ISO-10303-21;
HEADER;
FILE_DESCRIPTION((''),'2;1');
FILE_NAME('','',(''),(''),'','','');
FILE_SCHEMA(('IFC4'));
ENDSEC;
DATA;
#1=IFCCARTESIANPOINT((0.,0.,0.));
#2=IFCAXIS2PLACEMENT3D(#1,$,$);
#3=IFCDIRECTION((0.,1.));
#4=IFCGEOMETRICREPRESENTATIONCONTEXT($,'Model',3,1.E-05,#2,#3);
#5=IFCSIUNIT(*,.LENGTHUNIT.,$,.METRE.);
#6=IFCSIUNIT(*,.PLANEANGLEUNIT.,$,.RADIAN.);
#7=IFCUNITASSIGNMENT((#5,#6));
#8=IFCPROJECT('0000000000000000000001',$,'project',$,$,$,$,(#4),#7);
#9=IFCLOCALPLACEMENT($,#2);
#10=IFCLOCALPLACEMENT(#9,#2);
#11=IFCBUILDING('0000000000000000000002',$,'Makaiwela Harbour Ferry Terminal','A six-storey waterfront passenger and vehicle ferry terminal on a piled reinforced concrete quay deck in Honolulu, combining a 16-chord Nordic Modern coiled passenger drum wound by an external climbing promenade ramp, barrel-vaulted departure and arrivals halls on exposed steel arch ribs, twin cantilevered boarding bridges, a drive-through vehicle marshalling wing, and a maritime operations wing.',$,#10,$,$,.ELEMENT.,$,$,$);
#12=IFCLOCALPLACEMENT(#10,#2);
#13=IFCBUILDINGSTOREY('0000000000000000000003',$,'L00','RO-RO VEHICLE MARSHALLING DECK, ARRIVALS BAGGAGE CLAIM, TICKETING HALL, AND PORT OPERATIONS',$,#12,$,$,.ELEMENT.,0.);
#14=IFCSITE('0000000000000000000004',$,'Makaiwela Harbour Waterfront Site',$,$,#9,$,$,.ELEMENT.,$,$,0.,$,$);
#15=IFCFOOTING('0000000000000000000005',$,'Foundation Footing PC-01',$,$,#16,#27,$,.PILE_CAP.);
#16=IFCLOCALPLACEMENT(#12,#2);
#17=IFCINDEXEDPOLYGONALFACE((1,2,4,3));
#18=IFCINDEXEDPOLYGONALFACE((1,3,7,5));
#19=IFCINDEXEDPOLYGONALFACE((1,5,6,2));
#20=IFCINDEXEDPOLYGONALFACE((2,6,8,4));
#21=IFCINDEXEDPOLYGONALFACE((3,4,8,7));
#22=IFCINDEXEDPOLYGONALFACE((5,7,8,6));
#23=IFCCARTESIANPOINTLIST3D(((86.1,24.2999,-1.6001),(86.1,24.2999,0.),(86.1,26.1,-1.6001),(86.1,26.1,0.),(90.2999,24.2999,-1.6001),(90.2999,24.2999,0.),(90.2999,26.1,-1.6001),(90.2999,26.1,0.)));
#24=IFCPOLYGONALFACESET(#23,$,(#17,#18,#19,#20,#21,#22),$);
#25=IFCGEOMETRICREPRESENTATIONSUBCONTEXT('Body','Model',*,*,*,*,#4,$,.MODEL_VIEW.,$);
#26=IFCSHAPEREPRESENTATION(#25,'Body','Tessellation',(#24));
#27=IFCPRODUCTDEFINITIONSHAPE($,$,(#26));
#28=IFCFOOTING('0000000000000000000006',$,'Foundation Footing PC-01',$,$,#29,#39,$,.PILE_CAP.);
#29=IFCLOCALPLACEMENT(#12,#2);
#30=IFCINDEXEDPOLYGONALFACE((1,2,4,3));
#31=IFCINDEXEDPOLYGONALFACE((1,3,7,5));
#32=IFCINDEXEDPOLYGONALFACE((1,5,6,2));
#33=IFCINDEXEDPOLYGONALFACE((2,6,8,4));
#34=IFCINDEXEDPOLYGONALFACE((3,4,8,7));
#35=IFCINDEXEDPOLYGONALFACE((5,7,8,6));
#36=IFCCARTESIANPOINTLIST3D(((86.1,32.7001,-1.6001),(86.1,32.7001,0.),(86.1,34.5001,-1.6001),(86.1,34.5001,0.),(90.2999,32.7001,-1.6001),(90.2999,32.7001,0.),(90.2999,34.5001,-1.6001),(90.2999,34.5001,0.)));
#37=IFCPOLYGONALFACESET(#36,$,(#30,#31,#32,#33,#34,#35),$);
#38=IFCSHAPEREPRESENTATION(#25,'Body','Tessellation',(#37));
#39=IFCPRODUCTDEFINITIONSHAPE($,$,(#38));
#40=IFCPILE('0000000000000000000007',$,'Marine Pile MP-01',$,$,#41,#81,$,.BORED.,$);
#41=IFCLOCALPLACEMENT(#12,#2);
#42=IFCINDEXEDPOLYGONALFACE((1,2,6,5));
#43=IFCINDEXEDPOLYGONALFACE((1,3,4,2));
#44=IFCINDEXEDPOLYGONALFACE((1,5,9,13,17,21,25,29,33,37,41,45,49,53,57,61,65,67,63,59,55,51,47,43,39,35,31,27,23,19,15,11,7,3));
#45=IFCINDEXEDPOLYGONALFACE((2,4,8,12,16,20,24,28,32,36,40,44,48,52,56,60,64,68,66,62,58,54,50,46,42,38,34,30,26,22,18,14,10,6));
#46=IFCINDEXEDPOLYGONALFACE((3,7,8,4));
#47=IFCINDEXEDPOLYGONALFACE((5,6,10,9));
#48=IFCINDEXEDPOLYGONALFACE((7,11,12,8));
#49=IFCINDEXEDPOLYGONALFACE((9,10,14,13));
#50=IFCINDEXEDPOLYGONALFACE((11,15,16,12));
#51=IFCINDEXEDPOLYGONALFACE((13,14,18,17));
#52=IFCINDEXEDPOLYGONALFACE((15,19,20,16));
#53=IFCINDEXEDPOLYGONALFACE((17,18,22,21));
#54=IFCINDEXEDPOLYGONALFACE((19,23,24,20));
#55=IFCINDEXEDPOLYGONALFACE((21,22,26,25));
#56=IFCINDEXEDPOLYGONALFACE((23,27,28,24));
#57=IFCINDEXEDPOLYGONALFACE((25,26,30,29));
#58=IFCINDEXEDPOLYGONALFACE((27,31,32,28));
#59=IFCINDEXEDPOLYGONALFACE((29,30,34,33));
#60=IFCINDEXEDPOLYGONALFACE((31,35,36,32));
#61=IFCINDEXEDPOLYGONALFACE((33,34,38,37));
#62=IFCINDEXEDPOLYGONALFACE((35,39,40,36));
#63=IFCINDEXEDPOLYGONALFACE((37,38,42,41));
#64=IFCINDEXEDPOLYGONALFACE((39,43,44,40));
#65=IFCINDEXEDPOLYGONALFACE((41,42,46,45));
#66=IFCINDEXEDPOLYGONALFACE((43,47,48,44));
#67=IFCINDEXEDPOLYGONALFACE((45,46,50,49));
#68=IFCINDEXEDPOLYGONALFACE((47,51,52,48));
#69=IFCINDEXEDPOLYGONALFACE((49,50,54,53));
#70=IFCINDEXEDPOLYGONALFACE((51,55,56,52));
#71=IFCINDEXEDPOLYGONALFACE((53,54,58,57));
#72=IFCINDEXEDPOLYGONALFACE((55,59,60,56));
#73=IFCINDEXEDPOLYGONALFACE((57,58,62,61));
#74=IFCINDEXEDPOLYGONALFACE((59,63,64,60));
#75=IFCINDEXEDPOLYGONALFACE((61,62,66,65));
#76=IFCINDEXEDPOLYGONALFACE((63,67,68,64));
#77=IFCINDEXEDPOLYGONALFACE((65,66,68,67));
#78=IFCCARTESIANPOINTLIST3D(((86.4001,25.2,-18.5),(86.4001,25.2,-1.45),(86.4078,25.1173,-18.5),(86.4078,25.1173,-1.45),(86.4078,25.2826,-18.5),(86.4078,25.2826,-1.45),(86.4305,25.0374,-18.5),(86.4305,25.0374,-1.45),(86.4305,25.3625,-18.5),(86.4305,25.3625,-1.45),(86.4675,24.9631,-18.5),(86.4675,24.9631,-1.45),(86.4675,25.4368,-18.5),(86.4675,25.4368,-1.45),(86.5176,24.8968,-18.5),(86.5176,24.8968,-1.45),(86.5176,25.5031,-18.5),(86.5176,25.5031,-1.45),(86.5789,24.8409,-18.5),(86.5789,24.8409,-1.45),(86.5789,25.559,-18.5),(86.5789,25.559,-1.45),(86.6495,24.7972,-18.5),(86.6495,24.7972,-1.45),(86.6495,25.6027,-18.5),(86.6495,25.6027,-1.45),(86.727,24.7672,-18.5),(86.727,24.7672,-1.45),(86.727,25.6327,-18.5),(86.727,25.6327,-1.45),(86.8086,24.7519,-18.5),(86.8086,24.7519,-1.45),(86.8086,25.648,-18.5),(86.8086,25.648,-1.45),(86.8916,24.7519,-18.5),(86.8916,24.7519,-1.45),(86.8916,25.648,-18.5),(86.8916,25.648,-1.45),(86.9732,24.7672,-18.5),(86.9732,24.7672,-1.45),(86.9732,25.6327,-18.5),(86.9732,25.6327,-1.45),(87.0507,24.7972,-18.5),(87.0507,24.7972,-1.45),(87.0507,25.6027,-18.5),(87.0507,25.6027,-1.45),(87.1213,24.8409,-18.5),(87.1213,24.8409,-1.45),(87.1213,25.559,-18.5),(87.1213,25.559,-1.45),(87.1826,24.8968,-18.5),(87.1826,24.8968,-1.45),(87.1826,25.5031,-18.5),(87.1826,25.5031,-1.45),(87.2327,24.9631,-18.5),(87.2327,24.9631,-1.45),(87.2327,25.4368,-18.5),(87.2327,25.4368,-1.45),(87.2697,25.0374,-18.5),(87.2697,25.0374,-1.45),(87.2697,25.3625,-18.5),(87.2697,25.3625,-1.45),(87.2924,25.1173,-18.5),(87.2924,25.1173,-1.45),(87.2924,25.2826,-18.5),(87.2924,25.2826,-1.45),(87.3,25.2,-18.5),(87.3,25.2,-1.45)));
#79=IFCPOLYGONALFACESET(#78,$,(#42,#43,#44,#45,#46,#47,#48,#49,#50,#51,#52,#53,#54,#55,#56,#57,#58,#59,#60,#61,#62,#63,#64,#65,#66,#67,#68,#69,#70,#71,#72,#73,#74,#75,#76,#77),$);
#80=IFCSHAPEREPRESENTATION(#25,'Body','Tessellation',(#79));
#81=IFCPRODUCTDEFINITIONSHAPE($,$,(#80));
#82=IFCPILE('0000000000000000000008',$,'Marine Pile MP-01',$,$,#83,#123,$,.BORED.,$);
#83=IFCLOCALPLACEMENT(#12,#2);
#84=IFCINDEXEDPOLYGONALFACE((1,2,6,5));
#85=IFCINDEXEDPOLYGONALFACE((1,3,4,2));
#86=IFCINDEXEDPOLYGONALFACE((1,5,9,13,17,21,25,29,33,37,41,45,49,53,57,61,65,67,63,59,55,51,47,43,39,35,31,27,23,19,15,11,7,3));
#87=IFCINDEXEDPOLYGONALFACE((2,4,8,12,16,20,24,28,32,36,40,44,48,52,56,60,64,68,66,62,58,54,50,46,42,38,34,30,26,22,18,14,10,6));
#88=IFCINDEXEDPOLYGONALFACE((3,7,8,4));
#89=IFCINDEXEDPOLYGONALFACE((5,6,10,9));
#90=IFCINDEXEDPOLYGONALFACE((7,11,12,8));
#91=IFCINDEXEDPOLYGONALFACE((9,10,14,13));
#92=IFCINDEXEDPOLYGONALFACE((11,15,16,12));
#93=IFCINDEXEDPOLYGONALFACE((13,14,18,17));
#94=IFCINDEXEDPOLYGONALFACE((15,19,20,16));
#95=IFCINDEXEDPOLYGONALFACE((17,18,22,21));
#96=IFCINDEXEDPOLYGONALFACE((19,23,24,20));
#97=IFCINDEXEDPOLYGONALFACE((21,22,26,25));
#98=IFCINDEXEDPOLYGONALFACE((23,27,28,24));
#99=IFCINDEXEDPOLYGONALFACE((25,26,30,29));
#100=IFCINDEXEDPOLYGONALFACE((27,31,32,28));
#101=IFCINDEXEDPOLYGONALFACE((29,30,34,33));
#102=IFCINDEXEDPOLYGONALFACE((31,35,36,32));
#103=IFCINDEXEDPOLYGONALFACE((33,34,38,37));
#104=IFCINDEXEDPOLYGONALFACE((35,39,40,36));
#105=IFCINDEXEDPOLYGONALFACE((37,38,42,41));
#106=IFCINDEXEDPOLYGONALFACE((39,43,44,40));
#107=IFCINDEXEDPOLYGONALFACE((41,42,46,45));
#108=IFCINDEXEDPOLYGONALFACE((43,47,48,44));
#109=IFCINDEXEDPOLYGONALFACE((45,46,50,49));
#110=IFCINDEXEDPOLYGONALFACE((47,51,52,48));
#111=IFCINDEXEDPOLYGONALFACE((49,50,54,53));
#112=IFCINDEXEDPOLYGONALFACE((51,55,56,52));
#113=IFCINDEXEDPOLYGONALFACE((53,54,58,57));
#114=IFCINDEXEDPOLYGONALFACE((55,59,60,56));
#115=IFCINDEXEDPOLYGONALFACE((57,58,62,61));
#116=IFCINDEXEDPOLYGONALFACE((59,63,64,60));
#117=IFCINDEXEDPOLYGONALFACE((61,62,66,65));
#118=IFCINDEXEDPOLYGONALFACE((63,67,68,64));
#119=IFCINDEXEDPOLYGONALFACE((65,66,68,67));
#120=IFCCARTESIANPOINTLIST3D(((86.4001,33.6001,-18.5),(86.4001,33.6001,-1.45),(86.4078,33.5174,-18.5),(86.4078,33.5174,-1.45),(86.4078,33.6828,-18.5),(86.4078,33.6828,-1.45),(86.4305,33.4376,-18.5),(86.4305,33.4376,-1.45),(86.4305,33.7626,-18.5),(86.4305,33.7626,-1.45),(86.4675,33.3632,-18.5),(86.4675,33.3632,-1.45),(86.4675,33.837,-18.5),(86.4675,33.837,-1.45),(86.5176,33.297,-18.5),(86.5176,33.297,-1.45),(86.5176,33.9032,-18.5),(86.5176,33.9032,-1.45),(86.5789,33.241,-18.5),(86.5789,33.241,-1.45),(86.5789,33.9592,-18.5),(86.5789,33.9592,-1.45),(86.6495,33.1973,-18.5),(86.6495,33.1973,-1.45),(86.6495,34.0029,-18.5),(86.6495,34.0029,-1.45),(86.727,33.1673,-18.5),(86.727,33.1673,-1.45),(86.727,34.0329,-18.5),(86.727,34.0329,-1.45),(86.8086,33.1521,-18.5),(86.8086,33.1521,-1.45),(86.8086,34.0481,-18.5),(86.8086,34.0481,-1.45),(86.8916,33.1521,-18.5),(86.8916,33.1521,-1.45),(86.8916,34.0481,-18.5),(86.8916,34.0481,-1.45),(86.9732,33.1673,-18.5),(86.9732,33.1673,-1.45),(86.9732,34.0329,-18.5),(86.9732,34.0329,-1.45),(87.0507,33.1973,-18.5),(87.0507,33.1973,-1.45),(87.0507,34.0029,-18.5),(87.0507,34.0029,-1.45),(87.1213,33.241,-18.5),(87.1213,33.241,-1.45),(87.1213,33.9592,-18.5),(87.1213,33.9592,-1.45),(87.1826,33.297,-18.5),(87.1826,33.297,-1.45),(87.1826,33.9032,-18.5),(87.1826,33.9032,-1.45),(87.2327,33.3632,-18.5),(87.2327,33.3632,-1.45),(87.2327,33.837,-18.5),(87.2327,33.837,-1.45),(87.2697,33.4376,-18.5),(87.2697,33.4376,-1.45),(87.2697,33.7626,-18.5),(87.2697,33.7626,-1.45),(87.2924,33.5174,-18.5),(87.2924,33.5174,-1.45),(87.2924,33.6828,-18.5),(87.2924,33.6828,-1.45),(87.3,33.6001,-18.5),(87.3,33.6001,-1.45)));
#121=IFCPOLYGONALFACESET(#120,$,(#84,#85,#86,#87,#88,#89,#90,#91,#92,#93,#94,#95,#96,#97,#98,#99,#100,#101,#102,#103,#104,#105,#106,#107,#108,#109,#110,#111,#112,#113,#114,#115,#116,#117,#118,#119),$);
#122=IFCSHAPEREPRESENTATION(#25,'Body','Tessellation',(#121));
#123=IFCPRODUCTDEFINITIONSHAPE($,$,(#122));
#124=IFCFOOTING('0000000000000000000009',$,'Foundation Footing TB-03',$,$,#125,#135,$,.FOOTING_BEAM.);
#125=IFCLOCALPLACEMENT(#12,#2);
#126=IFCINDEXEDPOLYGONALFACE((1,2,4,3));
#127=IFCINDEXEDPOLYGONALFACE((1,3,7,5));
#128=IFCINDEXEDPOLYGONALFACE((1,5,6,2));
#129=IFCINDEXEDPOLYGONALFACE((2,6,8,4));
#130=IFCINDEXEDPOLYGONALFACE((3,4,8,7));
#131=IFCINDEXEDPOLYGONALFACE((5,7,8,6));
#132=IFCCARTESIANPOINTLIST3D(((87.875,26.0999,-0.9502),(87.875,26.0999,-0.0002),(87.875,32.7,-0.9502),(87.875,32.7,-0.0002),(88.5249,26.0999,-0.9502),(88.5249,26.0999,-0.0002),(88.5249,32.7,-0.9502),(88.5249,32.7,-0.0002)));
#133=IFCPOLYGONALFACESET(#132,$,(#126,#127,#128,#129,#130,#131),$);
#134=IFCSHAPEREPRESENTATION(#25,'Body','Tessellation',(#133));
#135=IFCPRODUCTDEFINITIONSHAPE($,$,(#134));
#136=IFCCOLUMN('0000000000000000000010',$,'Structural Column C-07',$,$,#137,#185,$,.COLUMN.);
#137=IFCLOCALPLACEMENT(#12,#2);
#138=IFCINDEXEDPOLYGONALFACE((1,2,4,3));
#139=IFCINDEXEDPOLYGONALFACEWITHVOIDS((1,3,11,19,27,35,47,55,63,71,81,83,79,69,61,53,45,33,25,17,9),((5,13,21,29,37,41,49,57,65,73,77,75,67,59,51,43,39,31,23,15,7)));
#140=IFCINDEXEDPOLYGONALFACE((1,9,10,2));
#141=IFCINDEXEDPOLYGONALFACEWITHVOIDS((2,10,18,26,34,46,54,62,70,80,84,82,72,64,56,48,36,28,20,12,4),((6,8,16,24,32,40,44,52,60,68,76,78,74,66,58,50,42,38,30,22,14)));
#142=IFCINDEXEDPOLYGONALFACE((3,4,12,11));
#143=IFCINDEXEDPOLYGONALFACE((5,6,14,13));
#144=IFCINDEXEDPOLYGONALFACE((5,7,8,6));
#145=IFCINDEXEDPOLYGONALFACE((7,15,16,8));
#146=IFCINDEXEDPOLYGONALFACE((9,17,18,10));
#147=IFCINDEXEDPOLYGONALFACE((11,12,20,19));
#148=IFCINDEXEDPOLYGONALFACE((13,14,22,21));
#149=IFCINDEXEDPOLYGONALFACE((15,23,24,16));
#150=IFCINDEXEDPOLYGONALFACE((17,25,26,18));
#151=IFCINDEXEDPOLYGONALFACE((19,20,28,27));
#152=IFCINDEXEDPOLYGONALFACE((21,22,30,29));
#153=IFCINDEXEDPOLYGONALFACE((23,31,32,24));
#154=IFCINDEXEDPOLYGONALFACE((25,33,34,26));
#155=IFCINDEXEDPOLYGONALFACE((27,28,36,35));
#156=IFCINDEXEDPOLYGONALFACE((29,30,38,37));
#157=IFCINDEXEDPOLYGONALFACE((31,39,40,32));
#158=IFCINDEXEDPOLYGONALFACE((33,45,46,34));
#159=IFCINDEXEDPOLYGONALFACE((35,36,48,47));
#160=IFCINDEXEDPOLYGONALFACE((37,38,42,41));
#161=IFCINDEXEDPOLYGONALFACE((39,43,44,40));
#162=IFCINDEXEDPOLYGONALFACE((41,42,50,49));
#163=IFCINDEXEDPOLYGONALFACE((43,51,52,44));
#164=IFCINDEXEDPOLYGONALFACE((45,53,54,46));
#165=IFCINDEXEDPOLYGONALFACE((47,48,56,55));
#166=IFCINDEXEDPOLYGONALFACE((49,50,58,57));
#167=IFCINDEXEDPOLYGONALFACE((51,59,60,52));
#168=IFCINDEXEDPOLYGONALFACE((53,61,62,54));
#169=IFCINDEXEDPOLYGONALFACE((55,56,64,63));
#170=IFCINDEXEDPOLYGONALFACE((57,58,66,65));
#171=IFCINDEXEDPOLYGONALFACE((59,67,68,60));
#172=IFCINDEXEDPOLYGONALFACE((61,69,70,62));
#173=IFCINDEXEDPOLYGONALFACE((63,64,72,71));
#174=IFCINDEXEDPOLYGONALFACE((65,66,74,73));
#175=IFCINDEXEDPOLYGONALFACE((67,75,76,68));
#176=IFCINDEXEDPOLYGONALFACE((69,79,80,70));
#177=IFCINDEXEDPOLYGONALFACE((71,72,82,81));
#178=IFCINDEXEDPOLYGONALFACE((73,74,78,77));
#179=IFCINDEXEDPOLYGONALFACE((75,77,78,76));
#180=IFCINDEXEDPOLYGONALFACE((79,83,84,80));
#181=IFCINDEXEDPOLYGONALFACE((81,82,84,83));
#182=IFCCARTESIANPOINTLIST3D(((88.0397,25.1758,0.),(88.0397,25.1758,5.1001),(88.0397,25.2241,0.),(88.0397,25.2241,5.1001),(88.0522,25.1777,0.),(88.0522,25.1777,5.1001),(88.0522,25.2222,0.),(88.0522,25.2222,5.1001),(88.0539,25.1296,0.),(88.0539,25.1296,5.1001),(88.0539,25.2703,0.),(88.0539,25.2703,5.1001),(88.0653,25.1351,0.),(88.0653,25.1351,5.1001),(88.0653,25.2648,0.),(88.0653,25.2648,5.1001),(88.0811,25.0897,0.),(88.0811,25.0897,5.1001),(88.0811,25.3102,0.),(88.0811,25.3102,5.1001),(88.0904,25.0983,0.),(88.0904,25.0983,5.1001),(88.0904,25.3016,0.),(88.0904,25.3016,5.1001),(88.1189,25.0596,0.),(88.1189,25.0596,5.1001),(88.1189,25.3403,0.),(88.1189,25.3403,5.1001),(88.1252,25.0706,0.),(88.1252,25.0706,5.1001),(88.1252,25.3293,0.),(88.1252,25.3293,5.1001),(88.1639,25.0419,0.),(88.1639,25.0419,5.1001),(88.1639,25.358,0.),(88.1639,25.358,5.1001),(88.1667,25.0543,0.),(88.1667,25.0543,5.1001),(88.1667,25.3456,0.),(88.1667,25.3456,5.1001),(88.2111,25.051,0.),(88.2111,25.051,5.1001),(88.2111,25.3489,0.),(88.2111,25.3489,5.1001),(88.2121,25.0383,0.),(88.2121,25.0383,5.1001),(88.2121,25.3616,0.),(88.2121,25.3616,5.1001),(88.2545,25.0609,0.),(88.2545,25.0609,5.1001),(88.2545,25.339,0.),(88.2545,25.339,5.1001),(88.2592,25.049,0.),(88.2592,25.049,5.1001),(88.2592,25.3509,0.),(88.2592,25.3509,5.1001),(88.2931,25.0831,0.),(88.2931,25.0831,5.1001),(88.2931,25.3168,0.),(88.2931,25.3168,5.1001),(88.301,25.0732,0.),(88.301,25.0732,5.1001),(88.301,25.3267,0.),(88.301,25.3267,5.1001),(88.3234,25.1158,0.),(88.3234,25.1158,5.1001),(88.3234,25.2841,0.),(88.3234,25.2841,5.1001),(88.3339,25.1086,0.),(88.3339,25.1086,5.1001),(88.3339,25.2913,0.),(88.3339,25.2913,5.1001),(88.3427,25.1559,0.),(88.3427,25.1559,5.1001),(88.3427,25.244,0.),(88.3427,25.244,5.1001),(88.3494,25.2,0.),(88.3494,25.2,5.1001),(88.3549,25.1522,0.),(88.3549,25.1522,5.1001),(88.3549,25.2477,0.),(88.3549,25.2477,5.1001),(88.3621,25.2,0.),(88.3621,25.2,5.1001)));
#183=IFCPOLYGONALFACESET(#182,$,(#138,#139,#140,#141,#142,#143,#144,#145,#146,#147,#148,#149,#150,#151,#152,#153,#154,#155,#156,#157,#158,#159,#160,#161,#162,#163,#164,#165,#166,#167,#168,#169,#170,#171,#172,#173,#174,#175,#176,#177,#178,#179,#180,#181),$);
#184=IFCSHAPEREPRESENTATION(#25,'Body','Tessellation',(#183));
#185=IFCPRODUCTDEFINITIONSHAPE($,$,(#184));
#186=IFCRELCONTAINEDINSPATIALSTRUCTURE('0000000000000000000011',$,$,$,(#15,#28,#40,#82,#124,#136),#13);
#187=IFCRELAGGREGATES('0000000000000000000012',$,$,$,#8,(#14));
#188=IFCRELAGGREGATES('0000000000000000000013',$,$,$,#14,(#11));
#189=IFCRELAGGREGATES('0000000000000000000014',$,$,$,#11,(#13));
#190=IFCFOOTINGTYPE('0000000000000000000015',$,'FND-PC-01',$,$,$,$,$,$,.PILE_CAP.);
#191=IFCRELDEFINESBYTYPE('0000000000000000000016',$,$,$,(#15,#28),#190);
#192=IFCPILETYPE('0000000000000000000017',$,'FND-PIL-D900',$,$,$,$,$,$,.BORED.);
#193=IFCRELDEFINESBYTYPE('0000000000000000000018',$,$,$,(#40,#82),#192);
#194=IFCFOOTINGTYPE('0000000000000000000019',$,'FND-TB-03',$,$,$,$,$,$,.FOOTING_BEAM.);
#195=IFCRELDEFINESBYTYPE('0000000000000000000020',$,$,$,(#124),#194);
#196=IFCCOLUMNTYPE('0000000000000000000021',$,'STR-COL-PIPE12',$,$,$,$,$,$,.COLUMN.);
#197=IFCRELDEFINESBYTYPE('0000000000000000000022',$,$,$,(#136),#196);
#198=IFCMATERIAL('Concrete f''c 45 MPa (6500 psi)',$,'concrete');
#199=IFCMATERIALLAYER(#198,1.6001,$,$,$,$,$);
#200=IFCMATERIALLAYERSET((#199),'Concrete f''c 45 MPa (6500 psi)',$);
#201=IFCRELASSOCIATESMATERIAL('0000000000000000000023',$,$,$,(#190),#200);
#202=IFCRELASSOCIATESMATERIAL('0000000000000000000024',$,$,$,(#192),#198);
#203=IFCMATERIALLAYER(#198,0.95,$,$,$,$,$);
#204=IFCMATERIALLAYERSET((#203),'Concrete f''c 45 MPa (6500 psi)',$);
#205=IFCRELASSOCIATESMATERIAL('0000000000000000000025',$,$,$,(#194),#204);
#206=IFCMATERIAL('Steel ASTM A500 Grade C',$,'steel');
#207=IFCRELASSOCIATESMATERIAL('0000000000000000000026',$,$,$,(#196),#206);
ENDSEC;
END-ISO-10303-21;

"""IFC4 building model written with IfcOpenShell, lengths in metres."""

from ifc_helpers import new_model, si_unit, direction, frame, origin, origin_2d, place, context, subcontext, project, spatial, rectangle, circle, hollow_circle, extrude, material, layer, layer_set, material_profile, profile_set, type_object, element, save


model = new_model("IFC4")

# Units and contexts
model_context = context("Model", 3, precision=1e-05, world=origin(), true_north=direction((0.0, 1.0)))
body_context = subcontext(model_context, "Body", "Model", "MODEL_VIEW")
ifc_project = project(units=[si_unit("LENGTHUNIT", "METRE"), si_unit("PLANEANGLEUNIT", "RADIAN")], contexts=[model_context])

# Site, building, storey
site_placement = place(None, origin())
site = spatial("IfcSite", under=ifc_project, at=site_placement, Name="Makaiwela Harbour Waterfront Site", CompositionType="ELEMENT", RefElevation=0.0)
building_placement = place(site_placement, origin())
building = spatial("IfcBuilding", under=site, at=building_placement, Name="Makaiwela Harbour Ferry Terminal", Description="A six-storey waterfront passenger and vehicle ferry terminal on a piled reinforced concrete quay deck in Honolulu, combining a 16-chord Nordic Modern coiled passenger drum wound by an external climbing promenade ramp, barrel-vaulted departure and arrivals halls on exposed steel arch ribs, twin cantilevered boarding bridges, a drive-through vehicle marshalling wing, and a maritime operations wing.", CompositionType="ELEMENT")
storey_placement = place(building_placement, origin())
storey = spatial("IfcBuildingStorey", under=building, at=storey_placement, Name="L00", Description="RO-RO VEHICLE MARSHALLING DECK, ARRIVALS BAGGAGE CLAIM, TICKETING HALL, AND PORT OPERATIONS", CompositionType="ELEMENT", Elevation=0.0)

# Footings
ifc_material_1 = material(Name="Concrete f'c 45 MPa (6500 psi)", Category="concrete")
ifc_layer_1 = layer(ifc_material_1, 1.6001)
ifc_layer_set_1 = layer_set([ifc_layer_1], Name="Concrete f'c 45 MPa (6500 psi)")
footing_type_1 = type_object("IfcFootingType", Name="FND-PC-01", PredefinedType="PILE_CAP", material=ifc_layer_set_1)
for number, where, z_axis, x_axis, name in (
    (1, (88.2, 25.2, -1.6001), (0.0, 0.0, 1.0), (1.0, 0.0, 0.0), "Foundation Footing PC-01"),
    (2, (88.2, 33.6001, -1.6001), (0.0, 0.0, 1.0), (1.0, 0.0, 0.0), "Foundation Footing PC-01"),
):
    element("IfcFooting", number, at=place(storey_placement, frame(where, z_axis=z_axis, x_axis=x_axis)), inside=storey, type_object=footing_type_1, Name=name, PredefinedType="PILE_CAP", context=body_context, shape_type="SweptSolid", body=[
        extrude(rectangle(XDim=4.2, YDim=1.8, at=origin_2d()), origin(), (0.0, 0.0, 1.0), 1.6001),
    ])

# Piles
ifc_material_profile_1 = material_profile(ifc_material_1, circle(Radius=0.45, at=origin_2d()), Name="PILE-D900")
ifc_profile_set_1 = profile_set([ifc_material_profile_1], Name="Concrete f'c 45 MPa (6500 psi)")
pile_type = type_object("IfcPileType", Name="FND-PIL-D900", PredefinedType="BORED", material=ifc_profile_set_1)
for number, where, z_axis, x_axis, name in (
    (3, (86.8501, 25.2, -1.45), (0.0, 0.0, -1.0), (1.0, 0.0, 0.0), "Marine Pile MP-01"),
    (4, (86.8501, 33.6001, -1.45), (0.0, 0.0, -1.0), (1.0, 0.0, 0.0), "Marine Pile MP-01"),
):
    element("IfcPile", number, at=place(storey_placement, frame(where, z_axis=z_axis, x_axis=x_axis)), inside=storey, type_object=pile_type, Name=name, PredefinedType="BORED", context=body_context, shape_type="SweptSolid", body=[
        extrude(circle(Radius=0.45, at=origin_2d()), origin(), (0.0, 0.0, 1.0), 17.05),
    ])

# Footing
ifc_layer_2 = layer(ifc_material_1, 0.95)
ifc_layer_set_2 = layer_set([ifc_layer_2], Name="Concrete f'c 45 MPa (6500 psi)")
footing_type_2 = type_object("IfcFootingType", Name="FND-TB-03", PredefinedType="FOOTING_BEAM", material=ifc_layer_set_2)
footing_placement = place(storey_placement, frame((88.2, 29.3999, -0.9502), z_axis=(0.0, 0.0, 1.0), x_axis=(0.0, 1.0, 0.0)))
element("IfcFooting", 5, at=footing_placement, inside=storey, type_object=footing_type_2, Name="Foundation Footing TB-03", PredefinedType="FOOTING_BEAM", context=body_context, shape_type="SweptSolid", body=[
    extrude(rectangle(XDim=6.6001, YDim=0.6499, at=origin_2d()), origin(), (0.0, 0.0, 1.0), 0.95),
])

# Column
ifc_material_2 = material(Name="Steel ASTM A500 Grade C", Category="steel")
ifc_material_profile_2 = material_profile(ifc_material_2, hollow_circle(Radius=0.1621, WallThickness=0.0127, at=origin_2d()), Name="PIPE12XS")
ifc_profile_set_2 = profile_set([ifc_material_profile_2], Name="Steel ASTM A500 Grade C")
column_type = type_object("IfcColumnType", Name="STR-COL-PIPE12", PredefinedType="COLUMN", material=ifc_profile_set_2)
for number, where, z_axis, x_axis, name in (
    (6, (88.2, 25.2, 0.0), (0.0, 0.0, 1.0), (1.0, 0.0, 0.0), "Structural Column C-07"),
):
    element("IfcColumn", number, at=place(storey_placement, frame(where, z_axis=z_axis, x_axis=x_axis)), inside=storey, type_object=column_type, Name=name, PredefinedType="COLUMN", context=body_context, shape_type="SweptSolid", body=[
        extrude(hollow_circle(Radius=0.1621, WallThickness=0.0127, at=origin_2d()), origin(), (0.0, 0.0, 1.0), 5.1001),
    ])

save(model, "model.ifc")
